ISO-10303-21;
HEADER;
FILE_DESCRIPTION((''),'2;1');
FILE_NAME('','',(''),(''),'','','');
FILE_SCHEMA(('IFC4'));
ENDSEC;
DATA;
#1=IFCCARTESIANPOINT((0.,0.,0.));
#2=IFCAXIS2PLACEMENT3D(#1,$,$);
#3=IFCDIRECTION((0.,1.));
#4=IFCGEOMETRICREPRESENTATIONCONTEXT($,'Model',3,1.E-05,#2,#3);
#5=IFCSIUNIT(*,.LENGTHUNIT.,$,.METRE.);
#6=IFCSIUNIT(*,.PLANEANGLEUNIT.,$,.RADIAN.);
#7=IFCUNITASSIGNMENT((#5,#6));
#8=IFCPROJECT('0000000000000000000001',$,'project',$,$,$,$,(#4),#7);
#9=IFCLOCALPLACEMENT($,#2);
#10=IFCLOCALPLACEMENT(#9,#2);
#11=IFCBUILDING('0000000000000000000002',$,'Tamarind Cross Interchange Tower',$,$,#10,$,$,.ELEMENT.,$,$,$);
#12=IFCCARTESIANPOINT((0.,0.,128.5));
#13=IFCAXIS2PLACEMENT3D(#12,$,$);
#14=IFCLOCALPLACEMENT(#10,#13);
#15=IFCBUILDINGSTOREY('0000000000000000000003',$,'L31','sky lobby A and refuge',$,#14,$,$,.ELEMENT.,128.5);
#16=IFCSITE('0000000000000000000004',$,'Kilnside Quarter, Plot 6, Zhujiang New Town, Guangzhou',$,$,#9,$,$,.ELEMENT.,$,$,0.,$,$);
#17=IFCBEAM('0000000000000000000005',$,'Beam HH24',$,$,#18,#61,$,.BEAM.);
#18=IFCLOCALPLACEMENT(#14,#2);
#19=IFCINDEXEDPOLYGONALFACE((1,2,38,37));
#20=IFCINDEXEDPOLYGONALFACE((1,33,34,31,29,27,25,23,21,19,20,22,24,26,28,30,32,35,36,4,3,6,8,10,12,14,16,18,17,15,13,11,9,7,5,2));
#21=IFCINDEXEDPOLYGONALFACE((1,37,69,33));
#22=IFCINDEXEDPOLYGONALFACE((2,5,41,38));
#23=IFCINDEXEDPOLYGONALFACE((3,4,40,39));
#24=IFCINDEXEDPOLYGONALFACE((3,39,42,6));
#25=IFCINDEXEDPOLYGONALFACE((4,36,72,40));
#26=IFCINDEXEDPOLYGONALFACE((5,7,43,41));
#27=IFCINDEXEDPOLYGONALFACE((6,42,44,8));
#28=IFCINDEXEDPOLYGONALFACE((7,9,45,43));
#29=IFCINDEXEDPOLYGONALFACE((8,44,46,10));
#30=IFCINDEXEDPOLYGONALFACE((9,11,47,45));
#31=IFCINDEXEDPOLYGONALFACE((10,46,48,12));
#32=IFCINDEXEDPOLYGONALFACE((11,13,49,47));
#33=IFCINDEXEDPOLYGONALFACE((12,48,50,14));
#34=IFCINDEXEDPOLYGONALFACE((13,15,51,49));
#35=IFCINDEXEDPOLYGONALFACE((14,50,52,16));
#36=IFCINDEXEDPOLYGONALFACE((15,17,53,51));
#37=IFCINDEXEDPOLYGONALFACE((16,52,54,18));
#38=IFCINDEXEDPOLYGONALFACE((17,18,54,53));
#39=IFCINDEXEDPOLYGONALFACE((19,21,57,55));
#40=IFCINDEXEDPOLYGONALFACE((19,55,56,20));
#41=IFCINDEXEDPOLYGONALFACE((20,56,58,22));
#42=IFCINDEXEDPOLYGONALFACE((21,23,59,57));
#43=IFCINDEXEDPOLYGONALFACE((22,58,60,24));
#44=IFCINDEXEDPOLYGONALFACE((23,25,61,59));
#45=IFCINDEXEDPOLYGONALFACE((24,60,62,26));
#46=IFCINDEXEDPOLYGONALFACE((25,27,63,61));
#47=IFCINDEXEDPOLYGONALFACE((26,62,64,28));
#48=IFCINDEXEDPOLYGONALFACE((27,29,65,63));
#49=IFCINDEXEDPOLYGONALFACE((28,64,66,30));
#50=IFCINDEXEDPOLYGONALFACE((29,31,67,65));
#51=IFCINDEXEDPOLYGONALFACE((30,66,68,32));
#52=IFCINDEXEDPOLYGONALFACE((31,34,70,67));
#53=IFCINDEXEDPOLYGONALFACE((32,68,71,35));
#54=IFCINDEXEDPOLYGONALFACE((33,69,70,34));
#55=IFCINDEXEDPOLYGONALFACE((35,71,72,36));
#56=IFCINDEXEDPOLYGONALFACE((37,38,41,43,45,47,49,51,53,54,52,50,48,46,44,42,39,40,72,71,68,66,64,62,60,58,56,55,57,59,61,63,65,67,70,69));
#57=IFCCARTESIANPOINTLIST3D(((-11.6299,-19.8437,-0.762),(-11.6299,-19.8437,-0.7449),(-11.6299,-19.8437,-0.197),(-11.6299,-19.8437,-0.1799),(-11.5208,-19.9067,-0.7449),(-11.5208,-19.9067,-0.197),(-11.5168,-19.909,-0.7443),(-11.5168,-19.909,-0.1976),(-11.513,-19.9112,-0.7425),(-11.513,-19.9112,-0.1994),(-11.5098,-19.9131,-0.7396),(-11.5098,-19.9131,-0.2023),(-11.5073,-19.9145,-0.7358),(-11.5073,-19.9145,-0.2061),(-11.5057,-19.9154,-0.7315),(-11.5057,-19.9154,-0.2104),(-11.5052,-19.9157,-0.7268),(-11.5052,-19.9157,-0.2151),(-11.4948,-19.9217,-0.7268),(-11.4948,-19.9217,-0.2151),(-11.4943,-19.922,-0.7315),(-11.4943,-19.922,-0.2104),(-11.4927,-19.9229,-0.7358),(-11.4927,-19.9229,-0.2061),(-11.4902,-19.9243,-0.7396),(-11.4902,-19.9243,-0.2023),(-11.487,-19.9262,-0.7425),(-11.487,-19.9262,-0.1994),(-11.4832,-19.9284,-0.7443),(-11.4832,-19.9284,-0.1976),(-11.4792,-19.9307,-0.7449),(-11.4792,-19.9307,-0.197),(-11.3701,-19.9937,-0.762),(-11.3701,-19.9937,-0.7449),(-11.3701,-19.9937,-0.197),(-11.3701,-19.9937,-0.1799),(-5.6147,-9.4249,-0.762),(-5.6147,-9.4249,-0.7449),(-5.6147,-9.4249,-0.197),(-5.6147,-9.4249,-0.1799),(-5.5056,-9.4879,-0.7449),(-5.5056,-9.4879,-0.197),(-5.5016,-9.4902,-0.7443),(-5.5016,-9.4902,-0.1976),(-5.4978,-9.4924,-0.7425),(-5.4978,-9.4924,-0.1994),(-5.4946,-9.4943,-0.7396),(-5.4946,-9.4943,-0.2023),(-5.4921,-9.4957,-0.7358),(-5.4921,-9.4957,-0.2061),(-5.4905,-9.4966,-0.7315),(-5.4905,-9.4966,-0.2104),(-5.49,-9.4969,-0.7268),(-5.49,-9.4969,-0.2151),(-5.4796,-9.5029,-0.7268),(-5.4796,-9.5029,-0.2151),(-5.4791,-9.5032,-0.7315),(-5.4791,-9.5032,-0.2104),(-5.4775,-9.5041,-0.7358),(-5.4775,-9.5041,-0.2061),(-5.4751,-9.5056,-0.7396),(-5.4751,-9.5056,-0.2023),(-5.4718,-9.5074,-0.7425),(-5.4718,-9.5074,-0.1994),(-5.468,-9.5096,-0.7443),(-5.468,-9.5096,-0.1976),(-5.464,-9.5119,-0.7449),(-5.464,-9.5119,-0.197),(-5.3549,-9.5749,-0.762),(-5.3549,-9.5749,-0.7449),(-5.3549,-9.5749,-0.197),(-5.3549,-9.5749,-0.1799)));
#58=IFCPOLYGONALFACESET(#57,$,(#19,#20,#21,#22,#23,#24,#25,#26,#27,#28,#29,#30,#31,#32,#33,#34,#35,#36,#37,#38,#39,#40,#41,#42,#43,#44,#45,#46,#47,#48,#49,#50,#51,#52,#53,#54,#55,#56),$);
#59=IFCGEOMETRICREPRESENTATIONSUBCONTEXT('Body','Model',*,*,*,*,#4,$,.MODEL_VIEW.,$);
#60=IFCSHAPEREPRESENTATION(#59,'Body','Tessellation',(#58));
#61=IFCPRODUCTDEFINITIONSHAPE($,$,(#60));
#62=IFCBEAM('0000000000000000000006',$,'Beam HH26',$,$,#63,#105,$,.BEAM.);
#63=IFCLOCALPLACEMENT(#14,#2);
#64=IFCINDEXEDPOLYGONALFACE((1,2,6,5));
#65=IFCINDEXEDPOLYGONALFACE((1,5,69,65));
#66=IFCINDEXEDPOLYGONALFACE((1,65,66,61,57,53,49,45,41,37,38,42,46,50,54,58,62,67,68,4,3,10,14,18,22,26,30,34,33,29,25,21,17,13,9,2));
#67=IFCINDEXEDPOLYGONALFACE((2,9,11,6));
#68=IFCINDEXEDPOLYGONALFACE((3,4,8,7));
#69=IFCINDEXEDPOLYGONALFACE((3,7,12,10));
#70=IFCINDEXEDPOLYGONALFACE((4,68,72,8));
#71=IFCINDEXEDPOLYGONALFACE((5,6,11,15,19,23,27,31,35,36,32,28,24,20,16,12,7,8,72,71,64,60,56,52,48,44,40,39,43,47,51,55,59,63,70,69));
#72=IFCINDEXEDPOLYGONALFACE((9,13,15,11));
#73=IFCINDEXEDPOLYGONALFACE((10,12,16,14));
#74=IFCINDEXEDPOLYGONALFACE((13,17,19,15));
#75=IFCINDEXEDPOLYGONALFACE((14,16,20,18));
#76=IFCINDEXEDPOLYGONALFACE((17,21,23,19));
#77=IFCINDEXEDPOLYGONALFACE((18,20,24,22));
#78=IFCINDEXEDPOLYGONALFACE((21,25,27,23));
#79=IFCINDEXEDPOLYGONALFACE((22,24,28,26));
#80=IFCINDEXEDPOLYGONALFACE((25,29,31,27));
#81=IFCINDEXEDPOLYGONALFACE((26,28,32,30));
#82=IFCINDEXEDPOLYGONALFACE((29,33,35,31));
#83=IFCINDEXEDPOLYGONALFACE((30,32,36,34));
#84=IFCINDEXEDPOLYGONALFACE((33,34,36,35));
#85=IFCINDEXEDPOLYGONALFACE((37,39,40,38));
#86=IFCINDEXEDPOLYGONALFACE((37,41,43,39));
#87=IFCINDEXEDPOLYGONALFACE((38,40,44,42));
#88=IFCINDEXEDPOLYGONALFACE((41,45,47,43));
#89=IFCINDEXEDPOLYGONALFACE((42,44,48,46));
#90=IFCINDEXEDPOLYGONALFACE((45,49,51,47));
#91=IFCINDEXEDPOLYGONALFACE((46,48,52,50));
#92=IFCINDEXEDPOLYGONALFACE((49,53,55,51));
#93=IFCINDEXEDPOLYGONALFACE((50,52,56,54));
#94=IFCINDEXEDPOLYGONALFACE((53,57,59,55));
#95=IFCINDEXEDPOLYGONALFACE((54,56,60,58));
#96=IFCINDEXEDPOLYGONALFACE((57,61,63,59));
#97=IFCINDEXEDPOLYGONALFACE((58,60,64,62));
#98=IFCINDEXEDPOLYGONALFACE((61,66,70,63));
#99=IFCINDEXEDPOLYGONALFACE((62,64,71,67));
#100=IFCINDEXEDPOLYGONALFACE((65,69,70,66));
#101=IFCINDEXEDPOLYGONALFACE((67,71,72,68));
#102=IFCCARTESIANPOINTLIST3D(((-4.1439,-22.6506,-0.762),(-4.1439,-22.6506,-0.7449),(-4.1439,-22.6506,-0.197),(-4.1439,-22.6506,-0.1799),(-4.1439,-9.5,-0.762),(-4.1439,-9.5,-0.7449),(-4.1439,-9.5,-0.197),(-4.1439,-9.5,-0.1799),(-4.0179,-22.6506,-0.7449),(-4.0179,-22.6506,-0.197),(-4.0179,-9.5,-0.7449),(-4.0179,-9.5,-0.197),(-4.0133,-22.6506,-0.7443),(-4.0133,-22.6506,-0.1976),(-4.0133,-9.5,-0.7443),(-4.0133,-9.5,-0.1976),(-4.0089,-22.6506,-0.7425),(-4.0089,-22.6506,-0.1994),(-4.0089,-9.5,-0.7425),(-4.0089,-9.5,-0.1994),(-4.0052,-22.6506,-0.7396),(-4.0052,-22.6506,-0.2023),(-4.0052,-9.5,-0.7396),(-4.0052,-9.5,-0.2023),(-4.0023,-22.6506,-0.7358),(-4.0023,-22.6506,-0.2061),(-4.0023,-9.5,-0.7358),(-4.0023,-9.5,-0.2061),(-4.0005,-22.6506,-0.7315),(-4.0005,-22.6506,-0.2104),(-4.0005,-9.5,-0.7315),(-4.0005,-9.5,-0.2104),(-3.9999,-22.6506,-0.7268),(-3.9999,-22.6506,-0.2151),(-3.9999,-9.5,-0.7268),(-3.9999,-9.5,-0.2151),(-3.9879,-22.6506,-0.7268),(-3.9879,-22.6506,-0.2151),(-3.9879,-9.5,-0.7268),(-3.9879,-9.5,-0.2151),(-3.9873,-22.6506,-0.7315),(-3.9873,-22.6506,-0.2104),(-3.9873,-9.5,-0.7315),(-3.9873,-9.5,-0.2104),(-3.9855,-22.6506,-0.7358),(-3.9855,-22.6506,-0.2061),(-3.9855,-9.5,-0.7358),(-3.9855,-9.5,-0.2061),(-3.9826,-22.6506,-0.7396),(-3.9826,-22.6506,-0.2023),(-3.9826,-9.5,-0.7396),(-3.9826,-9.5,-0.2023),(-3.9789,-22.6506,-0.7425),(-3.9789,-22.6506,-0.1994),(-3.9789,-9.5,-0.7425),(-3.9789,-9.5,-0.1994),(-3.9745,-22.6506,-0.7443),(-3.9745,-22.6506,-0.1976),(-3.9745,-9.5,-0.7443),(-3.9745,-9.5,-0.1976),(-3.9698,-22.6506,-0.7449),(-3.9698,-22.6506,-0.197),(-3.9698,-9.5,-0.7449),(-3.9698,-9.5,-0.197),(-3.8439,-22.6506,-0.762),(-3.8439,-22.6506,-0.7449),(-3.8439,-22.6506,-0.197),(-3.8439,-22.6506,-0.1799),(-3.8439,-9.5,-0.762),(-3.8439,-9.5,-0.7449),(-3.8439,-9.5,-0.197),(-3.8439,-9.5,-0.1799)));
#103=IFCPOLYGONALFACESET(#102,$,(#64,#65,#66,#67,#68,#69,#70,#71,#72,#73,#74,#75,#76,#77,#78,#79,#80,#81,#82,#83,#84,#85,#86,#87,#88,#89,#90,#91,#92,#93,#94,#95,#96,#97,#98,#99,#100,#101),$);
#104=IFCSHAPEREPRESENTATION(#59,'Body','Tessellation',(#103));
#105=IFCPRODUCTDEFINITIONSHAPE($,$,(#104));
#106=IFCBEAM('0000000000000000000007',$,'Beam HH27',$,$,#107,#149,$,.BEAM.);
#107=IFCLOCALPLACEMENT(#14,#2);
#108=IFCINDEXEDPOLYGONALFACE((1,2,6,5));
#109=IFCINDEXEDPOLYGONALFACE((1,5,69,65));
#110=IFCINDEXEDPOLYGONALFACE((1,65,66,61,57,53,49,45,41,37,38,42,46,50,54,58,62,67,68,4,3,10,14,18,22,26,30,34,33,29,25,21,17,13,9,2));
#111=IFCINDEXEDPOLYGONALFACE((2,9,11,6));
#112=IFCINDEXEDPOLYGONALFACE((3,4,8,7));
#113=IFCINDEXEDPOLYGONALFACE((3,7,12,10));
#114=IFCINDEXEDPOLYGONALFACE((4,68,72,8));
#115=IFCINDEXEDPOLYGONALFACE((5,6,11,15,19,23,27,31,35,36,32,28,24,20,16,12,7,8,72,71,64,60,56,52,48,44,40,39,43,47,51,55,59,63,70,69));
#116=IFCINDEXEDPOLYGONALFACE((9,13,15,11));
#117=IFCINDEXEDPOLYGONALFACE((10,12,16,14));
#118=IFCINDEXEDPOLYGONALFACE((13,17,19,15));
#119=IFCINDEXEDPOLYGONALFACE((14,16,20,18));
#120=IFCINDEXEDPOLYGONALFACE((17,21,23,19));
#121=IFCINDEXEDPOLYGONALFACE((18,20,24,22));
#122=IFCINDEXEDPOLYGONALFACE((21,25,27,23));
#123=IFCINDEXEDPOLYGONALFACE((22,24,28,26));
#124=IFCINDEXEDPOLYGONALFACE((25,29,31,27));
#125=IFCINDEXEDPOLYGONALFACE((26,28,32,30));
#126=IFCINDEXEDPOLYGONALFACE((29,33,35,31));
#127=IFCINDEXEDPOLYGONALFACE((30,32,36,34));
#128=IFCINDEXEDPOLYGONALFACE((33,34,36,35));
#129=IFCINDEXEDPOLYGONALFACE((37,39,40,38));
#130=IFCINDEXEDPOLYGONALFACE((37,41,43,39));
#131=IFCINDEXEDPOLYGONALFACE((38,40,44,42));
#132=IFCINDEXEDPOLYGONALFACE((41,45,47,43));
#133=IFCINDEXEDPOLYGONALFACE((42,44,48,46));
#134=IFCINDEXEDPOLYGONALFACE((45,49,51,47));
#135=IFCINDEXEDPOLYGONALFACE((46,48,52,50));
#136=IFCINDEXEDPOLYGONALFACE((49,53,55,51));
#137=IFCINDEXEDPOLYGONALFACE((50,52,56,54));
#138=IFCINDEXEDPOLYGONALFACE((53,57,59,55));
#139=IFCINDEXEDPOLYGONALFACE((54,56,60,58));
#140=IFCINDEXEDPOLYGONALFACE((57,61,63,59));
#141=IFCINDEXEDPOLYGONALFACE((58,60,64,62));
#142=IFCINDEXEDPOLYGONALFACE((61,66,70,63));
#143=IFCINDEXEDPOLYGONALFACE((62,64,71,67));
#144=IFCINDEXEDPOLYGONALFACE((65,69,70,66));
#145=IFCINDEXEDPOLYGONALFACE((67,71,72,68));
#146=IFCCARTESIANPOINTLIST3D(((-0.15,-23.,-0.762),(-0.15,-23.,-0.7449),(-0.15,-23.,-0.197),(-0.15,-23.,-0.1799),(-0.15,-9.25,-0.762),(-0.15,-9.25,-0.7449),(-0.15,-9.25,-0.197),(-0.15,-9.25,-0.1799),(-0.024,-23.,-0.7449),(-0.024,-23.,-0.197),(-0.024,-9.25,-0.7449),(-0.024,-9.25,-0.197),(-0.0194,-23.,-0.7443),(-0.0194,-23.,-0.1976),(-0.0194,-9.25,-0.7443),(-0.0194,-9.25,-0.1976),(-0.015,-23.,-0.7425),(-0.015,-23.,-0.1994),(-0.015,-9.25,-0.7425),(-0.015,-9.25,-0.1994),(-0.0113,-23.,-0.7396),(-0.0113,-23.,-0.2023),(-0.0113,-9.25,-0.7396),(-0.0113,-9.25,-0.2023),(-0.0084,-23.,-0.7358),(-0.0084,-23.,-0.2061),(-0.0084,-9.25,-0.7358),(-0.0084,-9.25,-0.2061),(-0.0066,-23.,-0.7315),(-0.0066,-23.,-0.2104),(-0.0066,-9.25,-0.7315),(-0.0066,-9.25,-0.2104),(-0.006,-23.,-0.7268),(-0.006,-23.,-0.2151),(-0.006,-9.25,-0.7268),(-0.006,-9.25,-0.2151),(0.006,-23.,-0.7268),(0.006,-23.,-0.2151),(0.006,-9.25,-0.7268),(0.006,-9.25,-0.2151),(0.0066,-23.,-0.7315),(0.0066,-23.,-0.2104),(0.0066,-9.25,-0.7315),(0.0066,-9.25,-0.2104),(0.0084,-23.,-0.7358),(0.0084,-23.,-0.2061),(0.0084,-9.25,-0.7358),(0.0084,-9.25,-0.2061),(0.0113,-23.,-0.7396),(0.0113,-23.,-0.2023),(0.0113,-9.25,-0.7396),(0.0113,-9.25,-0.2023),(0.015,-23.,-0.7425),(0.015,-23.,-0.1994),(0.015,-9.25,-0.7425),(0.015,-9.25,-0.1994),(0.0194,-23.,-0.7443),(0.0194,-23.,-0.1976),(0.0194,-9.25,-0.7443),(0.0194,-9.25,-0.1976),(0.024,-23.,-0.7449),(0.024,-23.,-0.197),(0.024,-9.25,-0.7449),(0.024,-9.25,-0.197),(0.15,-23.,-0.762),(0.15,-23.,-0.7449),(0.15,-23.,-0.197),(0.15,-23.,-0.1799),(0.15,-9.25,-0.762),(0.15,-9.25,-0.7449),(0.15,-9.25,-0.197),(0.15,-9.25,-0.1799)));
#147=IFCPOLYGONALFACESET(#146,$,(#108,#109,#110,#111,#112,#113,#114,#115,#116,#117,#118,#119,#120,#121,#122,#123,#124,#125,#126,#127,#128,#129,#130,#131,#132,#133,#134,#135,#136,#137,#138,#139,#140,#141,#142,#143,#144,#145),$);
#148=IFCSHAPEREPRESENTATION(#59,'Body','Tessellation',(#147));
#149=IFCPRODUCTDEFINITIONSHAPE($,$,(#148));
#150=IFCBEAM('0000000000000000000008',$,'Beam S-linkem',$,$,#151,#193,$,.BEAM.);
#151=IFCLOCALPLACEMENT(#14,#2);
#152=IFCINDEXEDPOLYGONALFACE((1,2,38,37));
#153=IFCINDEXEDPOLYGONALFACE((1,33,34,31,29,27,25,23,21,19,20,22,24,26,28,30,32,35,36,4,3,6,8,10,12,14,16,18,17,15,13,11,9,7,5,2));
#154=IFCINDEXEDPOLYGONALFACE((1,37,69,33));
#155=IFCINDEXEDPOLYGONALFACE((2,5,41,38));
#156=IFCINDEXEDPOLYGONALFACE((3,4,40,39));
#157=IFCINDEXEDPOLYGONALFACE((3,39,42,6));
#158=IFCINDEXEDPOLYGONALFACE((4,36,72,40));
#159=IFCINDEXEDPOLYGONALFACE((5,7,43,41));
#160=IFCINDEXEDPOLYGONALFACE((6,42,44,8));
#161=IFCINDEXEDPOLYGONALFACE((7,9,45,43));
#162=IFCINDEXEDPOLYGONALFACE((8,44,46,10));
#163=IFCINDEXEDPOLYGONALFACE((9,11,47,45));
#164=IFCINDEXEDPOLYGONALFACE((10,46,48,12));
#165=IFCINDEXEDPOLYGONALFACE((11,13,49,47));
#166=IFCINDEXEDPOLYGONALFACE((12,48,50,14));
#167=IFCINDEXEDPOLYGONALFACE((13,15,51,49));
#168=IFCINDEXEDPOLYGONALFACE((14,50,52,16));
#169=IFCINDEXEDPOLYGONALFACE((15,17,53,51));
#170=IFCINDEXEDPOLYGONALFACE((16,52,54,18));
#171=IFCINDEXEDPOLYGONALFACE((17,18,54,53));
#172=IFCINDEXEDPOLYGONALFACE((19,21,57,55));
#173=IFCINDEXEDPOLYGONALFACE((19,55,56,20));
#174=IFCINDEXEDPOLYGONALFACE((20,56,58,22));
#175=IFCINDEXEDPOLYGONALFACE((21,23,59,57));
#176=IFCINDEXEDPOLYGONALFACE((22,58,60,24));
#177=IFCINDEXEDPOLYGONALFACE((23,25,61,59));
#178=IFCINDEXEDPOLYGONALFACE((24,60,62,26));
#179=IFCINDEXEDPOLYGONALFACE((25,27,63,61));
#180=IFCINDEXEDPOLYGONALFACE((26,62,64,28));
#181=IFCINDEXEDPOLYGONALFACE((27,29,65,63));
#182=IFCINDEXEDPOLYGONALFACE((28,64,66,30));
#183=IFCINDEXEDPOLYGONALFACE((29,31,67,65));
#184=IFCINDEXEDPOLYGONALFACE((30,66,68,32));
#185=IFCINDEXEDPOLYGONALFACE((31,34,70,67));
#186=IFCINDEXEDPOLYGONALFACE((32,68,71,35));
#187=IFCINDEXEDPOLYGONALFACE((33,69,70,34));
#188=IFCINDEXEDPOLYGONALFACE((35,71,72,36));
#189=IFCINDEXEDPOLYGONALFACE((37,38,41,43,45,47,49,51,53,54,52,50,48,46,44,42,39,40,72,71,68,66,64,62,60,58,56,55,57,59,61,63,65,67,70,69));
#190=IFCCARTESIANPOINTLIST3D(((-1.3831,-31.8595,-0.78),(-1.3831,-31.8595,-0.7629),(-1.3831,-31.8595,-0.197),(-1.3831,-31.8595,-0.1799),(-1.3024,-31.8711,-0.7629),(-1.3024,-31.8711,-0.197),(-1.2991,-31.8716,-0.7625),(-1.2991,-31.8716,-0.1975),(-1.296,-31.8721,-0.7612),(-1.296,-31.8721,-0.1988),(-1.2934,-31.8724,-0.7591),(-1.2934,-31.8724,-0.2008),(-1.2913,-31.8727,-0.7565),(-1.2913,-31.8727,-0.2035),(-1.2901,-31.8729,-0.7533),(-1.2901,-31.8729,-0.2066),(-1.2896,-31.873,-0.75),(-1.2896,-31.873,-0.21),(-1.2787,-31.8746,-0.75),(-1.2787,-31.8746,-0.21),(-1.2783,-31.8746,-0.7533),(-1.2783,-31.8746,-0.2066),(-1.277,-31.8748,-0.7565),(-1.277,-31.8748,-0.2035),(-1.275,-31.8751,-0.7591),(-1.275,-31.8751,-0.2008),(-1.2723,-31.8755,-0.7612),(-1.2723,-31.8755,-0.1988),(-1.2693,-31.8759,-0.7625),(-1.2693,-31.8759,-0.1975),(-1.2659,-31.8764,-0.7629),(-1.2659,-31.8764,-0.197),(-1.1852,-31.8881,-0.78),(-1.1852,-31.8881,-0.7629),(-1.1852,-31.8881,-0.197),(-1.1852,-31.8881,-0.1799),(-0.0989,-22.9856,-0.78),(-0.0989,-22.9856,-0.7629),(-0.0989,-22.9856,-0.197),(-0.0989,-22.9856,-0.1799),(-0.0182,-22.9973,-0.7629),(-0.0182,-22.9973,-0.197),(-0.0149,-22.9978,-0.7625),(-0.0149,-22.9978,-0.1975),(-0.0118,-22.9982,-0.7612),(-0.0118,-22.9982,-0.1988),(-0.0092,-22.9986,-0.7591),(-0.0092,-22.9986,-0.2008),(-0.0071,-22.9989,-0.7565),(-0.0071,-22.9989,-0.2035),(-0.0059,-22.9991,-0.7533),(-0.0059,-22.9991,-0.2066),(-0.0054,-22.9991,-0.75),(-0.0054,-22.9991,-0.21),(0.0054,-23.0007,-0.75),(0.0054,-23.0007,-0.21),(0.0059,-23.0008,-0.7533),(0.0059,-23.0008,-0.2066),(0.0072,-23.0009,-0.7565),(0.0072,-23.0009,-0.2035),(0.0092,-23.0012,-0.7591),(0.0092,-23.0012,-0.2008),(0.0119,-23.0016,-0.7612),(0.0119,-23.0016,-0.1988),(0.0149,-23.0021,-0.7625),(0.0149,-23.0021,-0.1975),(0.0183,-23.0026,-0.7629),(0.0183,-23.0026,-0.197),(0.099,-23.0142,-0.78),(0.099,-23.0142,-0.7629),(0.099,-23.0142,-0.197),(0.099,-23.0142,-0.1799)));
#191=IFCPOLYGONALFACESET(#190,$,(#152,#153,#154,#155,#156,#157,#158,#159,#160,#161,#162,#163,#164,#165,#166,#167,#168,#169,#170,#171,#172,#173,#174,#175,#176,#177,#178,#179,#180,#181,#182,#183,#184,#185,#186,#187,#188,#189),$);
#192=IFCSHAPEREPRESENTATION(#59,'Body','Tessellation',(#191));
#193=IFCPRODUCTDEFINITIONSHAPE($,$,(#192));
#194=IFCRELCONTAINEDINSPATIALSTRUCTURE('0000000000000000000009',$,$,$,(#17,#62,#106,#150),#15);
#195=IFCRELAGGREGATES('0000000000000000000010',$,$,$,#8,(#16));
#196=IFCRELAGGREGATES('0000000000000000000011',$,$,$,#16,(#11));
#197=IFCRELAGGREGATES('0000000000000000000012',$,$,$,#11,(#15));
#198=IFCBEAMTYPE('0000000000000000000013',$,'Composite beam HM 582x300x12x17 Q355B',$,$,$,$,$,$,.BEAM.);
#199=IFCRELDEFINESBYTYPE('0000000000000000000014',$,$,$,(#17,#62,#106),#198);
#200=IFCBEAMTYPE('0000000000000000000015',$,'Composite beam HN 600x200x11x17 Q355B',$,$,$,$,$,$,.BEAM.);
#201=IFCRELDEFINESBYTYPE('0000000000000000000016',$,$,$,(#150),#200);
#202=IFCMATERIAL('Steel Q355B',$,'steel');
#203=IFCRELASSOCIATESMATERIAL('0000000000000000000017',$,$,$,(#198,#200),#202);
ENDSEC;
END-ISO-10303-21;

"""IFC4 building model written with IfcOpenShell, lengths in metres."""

from ifc_helpers import new_model, si_unit, direction, frame, origin, origin_2d, place, context, subcontext, project, spatial, i_section, extrude, material, material_profile, profile_set, type_object, element, save


model = new_model("IFC4")

# Units and contexts
model_context = context("Model", 3, precision=1e-05, world=origin(), true_north=direction((0.0, 1.0)))
body_context = subcontext(model_context, "Body", "Model", "MODEL_VIEW")
ifc_project = project(units=[si_unit("LENGTHUNIT", "METRE"), si_unit("PLANEANGLEUNIT", "RADIAN")], contexts=[model_context])

# Site, building, storey
site_placement = place(None, origin())
site = spatial("IfcSite", under=ifc_project, at=site_placement, Name="Kilnside Quarter, Plot 6, Zhujiang New Town, Guangzhou", CompositionType="ELEMENT", RefElevation=0.0)
building_placement = place(site_placement, origin())
building = spatial("IfcBuilding", under=site, at=building_placement, Name="Tamarind Cross Interchange Tower", CompositionType="ELEMENT")
storey_placement = place(building_placement, frame((0.0, 0.0, 128.5)))
storey = spatial("IfcBuildingStorey", under=building, at=storey_placement, Name="L31", Description="sky lobby A and refuge", CompositionType="ELEMENT", Elevation=128.5)

# Beams
ifc_material_1 = material(Name="Steel Q355B", Category="steel")
ifc_material_profile_1 = material_profile(ifc_material_1, i_section(OverallWidth=0.3, OverallDepth=0.582, WebThickness=0.012, FlangeThickness=0.0171, FilletRadius=0.0181, at=origin_2d()), Name="HM 582x300x12x17")
ifc_profile_set_1 = profile_set([ifc_material_profile_1], Name="Steel Q355B")
beam_type_1 = type_object("IfcBeamType", Name="Composite beam HM 582x300x12x17 Q355B", PredefinedType="BEAM", material=ifc_profile_set_1)
beam_1_placement = place(storey_placement, frame((-11.5, -19.9187, -0.4709), z_axis=(0.499994, 0.866029, 0.0), x_axis=(-0.866029, 0.499994, 0.0)))
element("IfcBeam", 1, at=beam_1_placement, inside=storey, type_object=beam_type_1, Name="Beam HH24", PredefinedType="BEAM", context=body_context, shape_type="SweptSolid", body=[
    extrude(i_section(OverallWidth=0.3, OverallDepth=0.582, WebThickness=0.012, FlangeThickness=0.0171, FilletRadius=0.0181, at=origin_2d()), origin(), (0.0, 0.0, 1.0), 12.0305),
])
beam_2_placement = place(storey_placement, frame((-3.9939, -22.6506, -0.4709), z_axis=(0.0, 1.0, 0.0), x_axis=(-1.0, 0.0, 0.0)))
element("IfcBeam", 2, at=beam_2_placement, inside=storey, type_object=beam_type_1, Name="Beam HH26", PredefinedType="BEAM", context=body_context, shape_type="SweptSolid", body=[
    extrude(i_section(OverallWidth=0.3, OverallDepth=0.582, WebThickness=0.012, FlangeThickness=0.0171, FilletRadius=0.0181, at=origin_2d()), origin(), (0.0, 0.0, 1.0), 13.1506),
])
beam_3_placement = place(storey_placement, frame((0.0, -23.0, -0.4709), z_axis=(0.0, 1.0, 0.0), x_axis=(-1.0, 0.0, 0.0)))
element("IfcBeam", 3, at=beam_3_placement, inside=storey, type_object=beam_type_1, Name="Beam HH27", PredefinedType="BEAM", context=body_context, shape_type="SweptSolid", body=[
    extrude(i_section(OverallWidth=0.3, OverallDepth=0.582, WebThickness=0.012, FlangeThickness=0.0171, FilletRadius=0.0181, at=origin_2d()), origin(), (0.0, 0.0, 1.0), 13.75),
])
ifc_material_profile_2 = material_profile(ifc_material_1, i_section(OverallWidth=0.2, OverallDepth=0.6001, WebThickness=0.011, FlangeThickness=0.0171, FilletRadius=0.0129, at=origin_2d()), Name="HN 600x200x11x17")
ifc_profile_set_2 = profile_set([ifc_material_profile_2], Name="Steel Q355B")
beam_type_2 = type_object("IfcBeamType", Name="Composite beam HN 600x200x11x17 Q355B", PredefinedType="BEAM", material=ifc_profile_set_2)
beam_4_placement = place(storey_placement, frame((-1.2842, -31.8738, -0.48), z_axis=(0.143224, 0.98969, 0.0), x_axis=(-0.98969, 0.143224, 0.0)))
element("IfcBeam", 4, at=beam_4_placement, inside=storey, type_object=beam_type_2, Name="Beam S-linkem", PredefinedType="BEAM", context=body_context, shape_type="SweptSolid", body=[
    extrude(i_section(OverallWidth=0.2, OverallDepth=0.6001, WebThickness=0.011, FlangeThickness=0.0171, FilletRadius=0.0129, at=origin_2d()), origin(), (0.0, 0.0, 1.0), 8.9663),
])

save(model, "model.ifc")
